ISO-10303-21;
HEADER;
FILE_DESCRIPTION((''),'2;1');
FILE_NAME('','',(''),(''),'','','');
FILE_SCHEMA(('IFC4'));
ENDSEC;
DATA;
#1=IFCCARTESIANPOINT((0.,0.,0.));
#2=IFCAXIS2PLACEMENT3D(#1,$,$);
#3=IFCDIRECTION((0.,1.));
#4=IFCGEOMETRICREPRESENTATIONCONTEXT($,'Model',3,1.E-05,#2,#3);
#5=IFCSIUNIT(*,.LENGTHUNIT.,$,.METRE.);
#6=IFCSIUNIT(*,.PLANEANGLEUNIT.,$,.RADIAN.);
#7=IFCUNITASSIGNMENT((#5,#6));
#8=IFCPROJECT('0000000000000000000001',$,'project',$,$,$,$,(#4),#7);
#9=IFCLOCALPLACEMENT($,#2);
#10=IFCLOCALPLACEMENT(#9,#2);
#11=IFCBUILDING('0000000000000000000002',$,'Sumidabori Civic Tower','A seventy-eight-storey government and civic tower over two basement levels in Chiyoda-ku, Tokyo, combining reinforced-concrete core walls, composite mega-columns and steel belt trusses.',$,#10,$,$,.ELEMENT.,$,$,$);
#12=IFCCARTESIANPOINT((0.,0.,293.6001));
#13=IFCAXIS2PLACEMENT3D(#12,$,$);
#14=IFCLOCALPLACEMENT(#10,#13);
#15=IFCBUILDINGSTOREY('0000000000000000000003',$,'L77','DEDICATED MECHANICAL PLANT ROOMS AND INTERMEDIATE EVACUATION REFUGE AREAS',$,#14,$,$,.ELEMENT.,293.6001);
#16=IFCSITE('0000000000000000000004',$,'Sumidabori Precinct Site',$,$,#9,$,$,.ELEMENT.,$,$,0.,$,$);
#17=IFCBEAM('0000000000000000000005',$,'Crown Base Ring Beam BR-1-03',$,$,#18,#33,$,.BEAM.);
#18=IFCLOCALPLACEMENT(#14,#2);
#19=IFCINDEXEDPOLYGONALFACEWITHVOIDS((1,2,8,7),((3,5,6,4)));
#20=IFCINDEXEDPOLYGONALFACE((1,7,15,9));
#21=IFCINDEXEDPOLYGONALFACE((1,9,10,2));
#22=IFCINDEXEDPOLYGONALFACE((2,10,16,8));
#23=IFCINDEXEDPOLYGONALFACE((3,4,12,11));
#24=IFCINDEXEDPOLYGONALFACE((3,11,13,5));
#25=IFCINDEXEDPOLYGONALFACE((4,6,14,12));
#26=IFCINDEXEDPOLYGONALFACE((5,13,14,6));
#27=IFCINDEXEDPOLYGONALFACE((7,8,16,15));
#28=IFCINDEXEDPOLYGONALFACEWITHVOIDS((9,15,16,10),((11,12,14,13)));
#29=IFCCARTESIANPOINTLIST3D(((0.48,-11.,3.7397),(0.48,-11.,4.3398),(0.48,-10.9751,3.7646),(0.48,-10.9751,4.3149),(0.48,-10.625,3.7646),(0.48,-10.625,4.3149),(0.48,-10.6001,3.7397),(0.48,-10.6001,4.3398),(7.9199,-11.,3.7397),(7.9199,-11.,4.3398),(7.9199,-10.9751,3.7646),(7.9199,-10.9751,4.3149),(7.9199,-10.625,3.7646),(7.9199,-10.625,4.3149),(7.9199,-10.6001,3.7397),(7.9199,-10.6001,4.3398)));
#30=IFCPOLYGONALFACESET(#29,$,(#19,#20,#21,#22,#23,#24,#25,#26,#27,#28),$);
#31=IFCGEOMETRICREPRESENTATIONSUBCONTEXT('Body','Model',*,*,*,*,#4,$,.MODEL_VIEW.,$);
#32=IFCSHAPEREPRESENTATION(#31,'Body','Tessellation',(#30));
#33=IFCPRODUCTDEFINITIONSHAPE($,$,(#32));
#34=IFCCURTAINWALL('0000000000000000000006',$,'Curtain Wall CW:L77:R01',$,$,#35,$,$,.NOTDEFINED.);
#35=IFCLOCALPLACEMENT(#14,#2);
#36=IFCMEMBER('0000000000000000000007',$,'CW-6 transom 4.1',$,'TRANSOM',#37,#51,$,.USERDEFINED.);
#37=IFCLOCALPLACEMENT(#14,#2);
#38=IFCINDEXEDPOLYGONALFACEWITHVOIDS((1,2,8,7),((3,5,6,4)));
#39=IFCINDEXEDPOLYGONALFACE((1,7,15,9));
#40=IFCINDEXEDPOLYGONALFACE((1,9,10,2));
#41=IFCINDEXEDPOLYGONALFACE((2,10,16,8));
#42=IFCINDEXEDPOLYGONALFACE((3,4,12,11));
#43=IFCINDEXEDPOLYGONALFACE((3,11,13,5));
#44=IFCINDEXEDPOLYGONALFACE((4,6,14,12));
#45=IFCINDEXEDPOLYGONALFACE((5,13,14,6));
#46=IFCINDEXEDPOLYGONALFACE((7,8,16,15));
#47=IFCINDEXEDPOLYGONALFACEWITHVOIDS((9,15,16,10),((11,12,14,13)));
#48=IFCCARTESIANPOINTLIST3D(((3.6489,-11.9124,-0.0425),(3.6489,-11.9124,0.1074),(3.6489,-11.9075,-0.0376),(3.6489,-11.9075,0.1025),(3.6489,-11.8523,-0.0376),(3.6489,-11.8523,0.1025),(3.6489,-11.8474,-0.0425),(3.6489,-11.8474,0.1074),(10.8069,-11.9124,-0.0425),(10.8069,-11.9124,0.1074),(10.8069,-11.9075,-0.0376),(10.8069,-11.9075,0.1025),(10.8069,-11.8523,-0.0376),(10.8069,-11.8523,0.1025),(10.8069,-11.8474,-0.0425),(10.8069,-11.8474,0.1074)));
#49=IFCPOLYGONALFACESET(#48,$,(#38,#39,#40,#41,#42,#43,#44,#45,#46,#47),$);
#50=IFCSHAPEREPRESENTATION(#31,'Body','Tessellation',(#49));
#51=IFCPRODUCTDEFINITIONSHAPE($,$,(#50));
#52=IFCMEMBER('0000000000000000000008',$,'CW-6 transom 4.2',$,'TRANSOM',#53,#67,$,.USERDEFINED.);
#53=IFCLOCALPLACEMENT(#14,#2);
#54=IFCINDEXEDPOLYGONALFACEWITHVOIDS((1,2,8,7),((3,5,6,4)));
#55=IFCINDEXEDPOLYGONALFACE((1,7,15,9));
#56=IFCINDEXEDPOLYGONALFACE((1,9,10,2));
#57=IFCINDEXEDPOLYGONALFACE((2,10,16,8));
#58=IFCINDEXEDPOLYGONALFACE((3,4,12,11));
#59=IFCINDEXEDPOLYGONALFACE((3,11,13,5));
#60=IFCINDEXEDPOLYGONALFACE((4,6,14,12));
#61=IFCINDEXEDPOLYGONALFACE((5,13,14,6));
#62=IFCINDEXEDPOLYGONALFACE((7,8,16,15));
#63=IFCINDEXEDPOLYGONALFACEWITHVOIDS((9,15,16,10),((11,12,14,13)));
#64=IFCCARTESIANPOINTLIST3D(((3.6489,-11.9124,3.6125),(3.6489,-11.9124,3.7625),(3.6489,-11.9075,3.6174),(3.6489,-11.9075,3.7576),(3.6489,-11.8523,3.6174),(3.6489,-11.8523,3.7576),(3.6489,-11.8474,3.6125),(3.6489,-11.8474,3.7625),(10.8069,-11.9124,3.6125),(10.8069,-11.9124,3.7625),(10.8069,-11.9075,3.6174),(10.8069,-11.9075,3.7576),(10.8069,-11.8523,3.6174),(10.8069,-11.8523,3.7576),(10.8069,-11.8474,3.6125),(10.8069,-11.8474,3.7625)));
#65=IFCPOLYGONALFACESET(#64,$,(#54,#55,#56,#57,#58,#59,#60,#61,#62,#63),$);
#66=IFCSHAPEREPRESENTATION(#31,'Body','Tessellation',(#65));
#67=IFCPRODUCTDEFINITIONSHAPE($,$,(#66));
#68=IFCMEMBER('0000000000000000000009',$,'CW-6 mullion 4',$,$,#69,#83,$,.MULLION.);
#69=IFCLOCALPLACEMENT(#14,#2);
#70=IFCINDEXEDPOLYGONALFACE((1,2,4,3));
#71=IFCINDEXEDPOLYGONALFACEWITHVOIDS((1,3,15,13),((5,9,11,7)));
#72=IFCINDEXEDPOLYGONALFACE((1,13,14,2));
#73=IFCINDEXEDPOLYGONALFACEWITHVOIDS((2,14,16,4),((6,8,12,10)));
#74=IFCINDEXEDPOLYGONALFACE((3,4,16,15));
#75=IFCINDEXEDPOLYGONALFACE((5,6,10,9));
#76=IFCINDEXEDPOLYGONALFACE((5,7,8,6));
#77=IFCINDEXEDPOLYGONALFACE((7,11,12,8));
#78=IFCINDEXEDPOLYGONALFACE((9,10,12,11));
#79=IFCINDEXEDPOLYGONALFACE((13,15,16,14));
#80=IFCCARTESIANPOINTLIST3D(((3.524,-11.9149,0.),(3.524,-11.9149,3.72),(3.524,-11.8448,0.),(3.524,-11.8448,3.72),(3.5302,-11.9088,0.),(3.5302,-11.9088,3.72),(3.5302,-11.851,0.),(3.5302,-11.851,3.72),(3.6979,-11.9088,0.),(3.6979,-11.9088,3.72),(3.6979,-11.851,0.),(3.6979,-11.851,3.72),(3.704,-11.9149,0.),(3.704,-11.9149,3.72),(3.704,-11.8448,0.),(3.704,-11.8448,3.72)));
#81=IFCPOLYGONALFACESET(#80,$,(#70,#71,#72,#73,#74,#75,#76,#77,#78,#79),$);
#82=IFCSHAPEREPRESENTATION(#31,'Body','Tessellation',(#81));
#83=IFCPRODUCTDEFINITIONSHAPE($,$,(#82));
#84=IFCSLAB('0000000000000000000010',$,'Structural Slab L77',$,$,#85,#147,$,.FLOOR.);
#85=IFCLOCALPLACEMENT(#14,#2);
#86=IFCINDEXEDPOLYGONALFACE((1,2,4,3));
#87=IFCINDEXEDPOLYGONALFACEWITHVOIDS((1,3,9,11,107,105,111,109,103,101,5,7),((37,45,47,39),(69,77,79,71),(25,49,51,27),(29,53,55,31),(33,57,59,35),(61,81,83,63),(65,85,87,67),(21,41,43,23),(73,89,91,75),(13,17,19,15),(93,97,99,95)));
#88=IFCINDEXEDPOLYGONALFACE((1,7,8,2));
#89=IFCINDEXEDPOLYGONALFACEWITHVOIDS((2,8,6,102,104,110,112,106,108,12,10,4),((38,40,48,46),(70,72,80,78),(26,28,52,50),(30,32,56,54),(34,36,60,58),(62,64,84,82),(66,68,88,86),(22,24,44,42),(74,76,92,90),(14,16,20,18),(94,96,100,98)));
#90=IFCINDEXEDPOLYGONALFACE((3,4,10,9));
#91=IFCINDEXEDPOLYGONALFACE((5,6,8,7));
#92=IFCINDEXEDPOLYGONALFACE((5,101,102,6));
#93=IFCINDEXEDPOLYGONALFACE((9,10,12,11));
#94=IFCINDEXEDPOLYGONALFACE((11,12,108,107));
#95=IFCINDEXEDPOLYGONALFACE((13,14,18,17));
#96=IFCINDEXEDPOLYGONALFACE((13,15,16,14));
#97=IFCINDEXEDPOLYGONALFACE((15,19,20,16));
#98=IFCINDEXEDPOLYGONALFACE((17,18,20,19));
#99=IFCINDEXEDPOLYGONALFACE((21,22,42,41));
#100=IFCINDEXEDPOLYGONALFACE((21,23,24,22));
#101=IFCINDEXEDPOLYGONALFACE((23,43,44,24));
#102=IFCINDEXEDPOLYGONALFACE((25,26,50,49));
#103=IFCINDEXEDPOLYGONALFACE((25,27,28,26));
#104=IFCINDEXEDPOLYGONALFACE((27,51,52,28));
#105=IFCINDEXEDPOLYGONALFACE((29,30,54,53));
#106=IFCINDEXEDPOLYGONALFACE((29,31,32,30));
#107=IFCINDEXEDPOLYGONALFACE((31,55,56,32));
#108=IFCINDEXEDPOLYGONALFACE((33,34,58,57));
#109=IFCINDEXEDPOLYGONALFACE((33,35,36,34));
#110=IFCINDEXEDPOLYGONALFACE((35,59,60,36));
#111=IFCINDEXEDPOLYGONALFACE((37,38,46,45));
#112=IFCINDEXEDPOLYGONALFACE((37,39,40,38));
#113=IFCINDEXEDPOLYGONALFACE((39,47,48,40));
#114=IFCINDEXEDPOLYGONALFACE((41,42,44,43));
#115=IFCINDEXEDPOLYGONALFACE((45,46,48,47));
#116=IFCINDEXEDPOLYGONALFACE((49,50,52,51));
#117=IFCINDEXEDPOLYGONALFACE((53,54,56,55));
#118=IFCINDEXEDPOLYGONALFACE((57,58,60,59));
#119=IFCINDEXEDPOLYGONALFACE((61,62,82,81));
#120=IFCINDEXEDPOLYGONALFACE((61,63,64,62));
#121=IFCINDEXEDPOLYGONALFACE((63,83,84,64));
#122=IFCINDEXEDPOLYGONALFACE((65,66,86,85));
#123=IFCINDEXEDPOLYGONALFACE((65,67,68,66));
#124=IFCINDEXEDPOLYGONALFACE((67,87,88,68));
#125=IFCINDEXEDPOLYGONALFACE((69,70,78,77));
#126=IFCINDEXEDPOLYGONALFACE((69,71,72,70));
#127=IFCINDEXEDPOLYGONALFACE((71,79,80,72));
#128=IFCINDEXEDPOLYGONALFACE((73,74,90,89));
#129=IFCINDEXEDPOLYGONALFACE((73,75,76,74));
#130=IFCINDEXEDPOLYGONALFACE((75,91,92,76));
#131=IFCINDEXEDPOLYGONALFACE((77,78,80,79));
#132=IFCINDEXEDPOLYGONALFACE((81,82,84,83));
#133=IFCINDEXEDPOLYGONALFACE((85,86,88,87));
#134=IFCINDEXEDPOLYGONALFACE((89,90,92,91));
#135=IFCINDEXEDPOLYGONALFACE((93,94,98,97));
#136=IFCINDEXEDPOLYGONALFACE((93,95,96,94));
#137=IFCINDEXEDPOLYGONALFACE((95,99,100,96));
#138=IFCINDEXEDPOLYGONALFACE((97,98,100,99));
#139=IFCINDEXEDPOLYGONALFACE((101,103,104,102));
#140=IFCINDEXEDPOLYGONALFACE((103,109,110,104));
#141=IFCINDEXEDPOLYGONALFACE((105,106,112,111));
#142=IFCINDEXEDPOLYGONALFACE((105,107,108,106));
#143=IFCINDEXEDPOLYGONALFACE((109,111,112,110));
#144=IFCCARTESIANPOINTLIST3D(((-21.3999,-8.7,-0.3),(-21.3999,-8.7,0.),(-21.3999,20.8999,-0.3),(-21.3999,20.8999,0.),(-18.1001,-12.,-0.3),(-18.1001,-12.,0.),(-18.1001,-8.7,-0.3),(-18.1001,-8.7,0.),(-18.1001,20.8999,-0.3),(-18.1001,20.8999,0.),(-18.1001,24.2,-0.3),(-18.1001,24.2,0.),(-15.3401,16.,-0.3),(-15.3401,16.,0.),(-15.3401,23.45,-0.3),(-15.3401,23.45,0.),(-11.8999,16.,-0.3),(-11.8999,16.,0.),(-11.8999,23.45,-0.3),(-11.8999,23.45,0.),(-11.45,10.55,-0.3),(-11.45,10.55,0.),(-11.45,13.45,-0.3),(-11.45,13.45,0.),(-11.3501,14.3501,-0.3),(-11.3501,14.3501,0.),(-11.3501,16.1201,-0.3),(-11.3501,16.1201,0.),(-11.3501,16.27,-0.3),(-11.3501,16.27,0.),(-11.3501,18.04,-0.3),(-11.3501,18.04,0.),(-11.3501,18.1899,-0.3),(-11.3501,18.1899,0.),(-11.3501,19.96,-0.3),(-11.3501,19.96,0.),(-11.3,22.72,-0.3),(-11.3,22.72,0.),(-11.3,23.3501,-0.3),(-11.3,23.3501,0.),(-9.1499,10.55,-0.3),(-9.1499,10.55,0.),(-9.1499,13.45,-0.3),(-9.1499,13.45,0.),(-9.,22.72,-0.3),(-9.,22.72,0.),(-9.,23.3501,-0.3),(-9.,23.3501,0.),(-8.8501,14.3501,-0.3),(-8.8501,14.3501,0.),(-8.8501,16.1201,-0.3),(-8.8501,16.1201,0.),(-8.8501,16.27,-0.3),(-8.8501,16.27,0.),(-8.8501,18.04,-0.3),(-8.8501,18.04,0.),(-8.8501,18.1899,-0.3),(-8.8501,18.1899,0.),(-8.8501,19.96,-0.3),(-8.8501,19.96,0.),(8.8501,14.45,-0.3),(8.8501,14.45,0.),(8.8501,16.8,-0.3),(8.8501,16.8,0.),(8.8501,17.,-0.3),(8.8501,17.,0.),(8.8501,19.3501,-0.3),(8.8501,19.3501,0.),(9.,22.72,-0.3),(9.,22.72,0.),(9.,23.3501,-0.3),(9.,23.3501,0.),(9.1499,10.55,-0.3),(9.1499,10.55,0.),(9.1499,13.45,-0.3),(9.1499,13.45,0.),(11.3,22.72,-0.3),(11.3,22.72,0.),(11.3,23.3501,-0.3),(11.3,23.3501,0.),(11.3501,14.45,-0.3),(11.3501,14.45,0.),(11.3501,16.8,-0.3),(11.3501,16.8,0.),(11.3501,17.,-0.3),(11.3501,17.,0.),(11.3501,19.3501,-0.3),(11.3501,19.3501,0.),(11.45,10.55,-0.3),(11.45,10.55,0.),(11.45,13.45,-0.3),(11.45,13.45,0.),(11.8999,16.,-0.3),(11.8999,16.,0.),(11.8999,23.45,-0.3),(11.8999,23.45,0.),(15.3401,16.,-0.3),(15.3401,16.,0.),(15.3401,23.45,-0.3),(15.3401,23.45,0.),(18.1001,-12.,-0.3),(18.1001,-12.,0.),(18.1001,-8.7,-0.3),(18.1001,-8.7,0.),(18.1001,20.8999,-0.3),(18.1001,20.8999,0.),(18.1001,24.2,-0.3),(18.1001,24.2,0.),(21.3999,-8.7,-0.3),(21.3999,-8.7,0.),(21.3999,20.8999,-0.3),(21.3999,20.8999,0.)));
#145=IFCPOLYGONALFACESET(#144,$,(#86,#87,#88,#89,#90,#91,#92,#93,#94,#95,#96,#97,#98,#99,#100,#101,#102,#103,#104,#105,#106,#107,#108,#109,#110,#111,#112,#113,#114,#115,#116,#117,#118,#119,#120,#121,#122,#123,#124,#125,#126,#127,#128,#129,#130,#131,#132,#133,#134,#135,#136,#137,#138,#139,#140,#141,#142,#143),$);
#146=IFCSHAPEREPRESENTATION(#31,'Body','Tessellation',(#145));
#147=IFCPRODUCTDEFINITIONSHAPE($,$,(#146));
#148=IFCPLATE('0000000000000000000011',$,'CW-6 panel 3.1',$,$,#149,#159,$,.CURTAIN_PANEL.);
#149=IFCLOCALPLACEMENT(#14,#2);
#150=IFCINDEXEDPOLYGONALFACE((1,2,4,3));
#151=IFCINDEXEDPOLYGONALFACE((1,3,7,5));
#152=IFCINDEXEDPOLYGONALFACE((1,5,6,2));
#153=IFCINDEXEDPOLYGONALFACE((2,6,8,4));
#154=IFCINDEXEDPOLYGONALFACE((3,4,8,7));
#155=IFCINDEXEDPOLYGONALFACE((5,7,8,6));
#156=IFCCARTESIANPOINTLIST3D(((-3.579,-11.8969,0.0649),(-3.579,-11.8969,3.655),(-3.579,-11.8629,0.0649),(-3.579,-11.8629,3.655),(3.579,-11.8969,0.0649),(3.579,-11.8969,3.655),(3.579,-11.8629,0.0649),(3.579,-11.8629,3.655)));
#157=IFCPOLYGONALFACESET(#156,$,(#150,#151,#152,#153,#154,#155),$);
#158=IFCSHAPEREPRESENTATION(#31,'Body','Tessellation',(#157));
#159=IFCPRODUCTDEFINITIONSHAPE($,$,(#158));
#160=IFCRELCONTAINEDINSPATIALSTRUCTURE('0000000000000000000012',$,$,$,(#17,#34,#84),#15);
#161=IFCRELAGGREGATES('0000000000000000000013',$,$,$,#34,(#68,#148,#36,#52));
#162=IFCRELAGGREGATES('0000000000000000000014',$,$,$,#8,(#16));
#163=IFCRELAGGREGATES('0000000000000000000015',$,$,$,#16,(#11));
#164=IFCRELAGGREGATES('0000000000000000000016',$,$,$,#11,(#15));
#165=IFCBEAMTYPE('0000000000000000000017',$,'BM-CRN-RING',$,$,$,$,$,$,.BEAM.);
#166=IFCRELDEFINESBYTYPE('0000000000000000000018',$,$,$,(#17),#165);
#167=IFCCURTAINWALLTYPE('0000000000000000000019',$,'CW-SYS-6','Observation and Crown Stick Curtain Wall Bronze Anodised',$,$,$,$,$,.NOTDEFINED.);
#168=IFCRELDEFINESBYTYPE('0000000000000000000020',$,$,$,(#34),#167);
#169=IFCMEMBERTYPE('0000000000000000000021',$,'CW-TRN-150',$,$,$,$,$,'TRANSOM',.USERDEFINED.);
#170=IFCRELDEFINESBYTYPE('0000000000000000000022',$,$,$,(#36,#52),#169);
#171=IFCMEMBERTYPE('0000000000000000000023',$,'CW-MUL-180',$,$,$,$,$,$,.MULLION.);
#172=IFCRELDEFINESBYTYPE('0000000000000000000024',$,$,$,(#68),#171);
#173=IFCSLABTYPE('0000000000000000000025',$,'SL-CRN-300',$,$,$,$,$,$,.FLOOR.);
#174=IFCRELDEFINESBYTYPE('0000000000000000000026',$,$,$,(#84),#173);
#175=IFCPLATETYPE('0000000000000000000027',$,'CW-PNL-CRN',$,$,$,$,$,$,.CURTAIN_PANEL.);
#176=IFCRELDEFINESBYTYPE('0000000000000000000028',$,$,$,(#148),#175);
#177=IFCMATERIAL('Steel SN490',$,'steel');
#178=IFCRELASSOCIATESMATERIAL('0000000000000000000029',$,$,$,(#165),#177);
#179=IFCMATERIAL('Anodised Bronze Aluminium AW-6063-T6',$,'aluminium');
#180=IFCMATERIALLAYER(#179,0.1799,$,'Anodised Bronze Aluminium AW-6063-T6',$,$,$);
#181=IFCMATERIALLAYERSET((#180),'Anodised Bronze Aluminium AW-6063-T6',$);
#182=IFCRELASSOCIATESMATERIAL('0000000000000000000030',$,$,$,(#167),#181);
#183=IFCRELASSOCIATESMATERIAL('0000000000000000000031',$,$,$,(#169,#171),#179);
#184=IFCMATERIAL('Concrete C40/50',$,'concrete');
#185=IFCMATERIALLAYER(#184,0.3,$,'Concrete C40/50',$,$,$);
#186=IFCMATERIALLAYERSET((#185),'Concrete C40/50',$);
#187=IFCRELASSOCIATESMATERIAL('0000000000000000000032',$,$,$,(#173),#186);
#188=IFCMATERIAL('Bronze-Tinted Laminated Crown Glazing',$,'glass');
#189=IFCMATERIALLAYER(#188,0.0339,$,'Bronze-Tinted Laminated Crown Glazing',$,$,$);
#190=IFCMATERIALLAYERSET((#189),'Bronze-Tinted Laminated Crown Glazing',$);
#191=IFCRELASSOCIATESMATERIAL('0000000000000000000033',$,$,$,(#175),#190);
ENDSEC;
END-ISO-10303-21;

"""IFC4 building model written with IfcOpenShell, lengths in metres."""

from ifc_helpers import new_model, si_unit, direction, frame, origin, origin_2d, place, context, subcontext, project, spatial, polyline, rectangle, hollow_rectangle, outline, extrude, source, transform, mapped, material, layer, layer_set, material_profile, profile_set, type_object, element, aggregate, save


model = new_model("IFC4")

# Units and contexts
model_context = context("Model", 3, precision=1e-05, world=origin(), true_north=direction((0.0, 1.0)))
body_context = subcontext(model_context, "Body", "Model", "MODEL_VIEW")
ifc_project = project(units=[si_unit("LENGTHUNIT", "METRE"), si_unit("PLANEANGLEUNIT", "RADIAN")], contexts=[model_context])

# Site, building, storey
site_placement = place(None, origin())
site = spatial("IfcSite", under=ifc_project, at=site_placement, Name="Sumidabori Precinct Site", CompositionType="ELEMENT", RefElevation=0.0)
building_placement = place(site_placement, origin())
building = spatial("IfcBuilding", under=site, at=building_placement, Name="Sumidabori Civic Tower", Description="A seventy-eight-storey government and civic tower over two basement levels in Chiyoda-ku, Tokyo, combining reinforced-concrete core walls, composite mega-columns and steel belt trusses.", CompositionType="ELEMENT")
storey_placement = place(building_placement, frame((0.0, 0.0, 293.6001)))
storey = spatial("IfcBuildingStorey", under=building, at=storey_placement, Name="L77", Description="DEDICATED MECHANICAL PLANT ROOMS AND INTERMEDIATE EVACUATION REFUGE AREAS", CompositionType="ELEMENT", Elevation=293.6001)

# Shared definitions
ifc_material_1 = material(Name="Steel SN490", Category="steel")

# Beam
ifc_material_profile_1 = material_profile(ifc_material_1, hollow_rectangle(XDim=0.3999, YDim=0.6001, WallThickness=0.0249, at=origin_2d()), Name="RHS 600x400x25")
ifc_profile_set_1 = profile_set([ifc_material_profile_1], Name="Steel SN490")
beam_type_1 = type_object("IfcBeamType", Name="BM-CRN-RING", PredefinedType="BEAM", material=ifc_profile_set_1)
shared_shape_1 = source(origin(), body_context, "Body", "SweptSolid", [
    extrude(hollow_rectangle(XDim=0.3999, YDim=0.6001, WallThickness=0.0249, at=origin_2d()), origin(), (0.0, 0.0, 1.0), 7.4399),
])
beam_1_placement = place(storey_placement, frame((0.48, -10.8, 4.0398), z_axis=(1.0, 0.0, 0.0), x_axis=(0.0, 1.0, 0.0)))
element("IfcBeam", 1, at=beam_1_placement, inside=storey, type_object=beam_type_1, Name="Crown Base Ring Beam BR-1-03", PredefinedType="BEAM", context=body_context, shape_type="MappedRepresentation", body=[
    mapped(shared_shape_1, transform((0.0, 0.0, 0.0), x_axis=(1.0, 0.0, 0.0), y_axis=(0.0, 1.0, 0.0), z_axis=(0.0, 0.0, 1.0), scale=1.0)),
])

# Curtain wall, members
ifc_material_2 = material(Name="Anodised Bronze Aluminium AW-6063-T6", Category="aluminium")
ifc_layer_1 = layer(ifc_material_2, 0.1799, Name="Anodised Bronze Aluminium AW-6063-T6")
ifc_layer_set_1 = layer_set([ifc_layer_1], Name="Anodised Bronze Aluminium AW-6063-T6")
curtain_wall_type = type_object("IfcCurtainWallType", Name="CW-SYS-6", Description="Observation and Crown Stick Curtain Wall Bronze Anodised", PredefinedType="NOTDEFINED", material=ifc_layer_set_1)
curtain_wall_placement = place(storey_placement, origin())
curtain_wall = element("IfcCurtainWall", 2, at=curtain_wall_placement, inside=storey, type_object=curtain_wall_type, Name="Curtain Wall CW:L77:R01", PredefinedType="NOTDEFINED")
ifc_material_profile_2 = material_profile(ifc_material_2, hollow_rectangle(XDim=0.0649, YDim=0.1499, WallThickness=0.0049, at=origin_2d()), Name="ALU TRANSOM 150x65")
ifc_profile_set_2 = profile_set([ifc_material_profile_2], Name="Anodised Bronze Aluminium AW-6063-T6")
member_type_1 = type_object("IfcMemberType", Name="CW-TRN-150", ElementType="TRANSOM", PredefinedType="USERDEFINED", material=ifc_profile_set_2)
shared_shape_2 = source(origin(), body_context, "Body", "SweptSolid", [
    extrude(hollow_rectangle(XDim=0.0649, YDim=0.1499, WallThickness=0.0049, at=origin_2d()), origin(), (0.0, 0.0, 1.0), 7.158),
])
member_1_placement = place(storey_placement, frame((3.6489, -11.8799, 0.0325), z_axis=(1.0, 0.0, 0.0), x_axis=(0.0, 1.0, 0.0)))
member_1 = element("IfcMember", 3, at=member_1_placement, type_object=member_type_1, Name="CW-6 transom 4.1", ObjectType="TRANSOM", PredefinedType="USERDEFINED", context=body_context, shape_type="MappedRepresentation", body=[
    mapped(shared_shape_2, transform((0.0, 0.0, 0.0), x_axis=(1.0, 0.0, 0.0), y_axis=(0.0, 1.0, 0.0), z_axis=(0.0, 0.0, 1.0), scale=1.0)),
])
member_2_placement = place(storey_placement, frame((3.6489, -11.8799, 3.6875), z_axis=(1.0, 0.0, 0.0), x_axis=(0.0, 1.0, 0.0)))
member_2 = element("IfcMember", 4, at=member_2_placement, type_object=member_type_1, Name="CW-6 transom 4.2", ObjectType="TRANSOM", PredefinedType="USERDEFINED", context=body_context, shape_type="MappedRepresentation", body=[
    mapped(shared_shape_2, transform((0.0, 0.0, 0.0), x_axis=(1.0, 0.0, 0.0), y_axis=(0.0, 1.0, 0.0), z_axis=(0.0, 0.0, 1.0), scale=1.0)),
])
ifc_material_profile_3 = material_profile(ifc_material_2, hollow_rectangle(XDim=0.0701, YDim=0.1799, WallThickness=0.0061, at=origin_2d()), Name="ALU MULLION 180x70")
ifc_profile_set_3 = profile_set([ifc_material_profile_3], Name="Anodised Bronze Aluminium AW-6063-T6")
member_type_2 = type_object("IfcMemberType", Name="CW-MUL-180", PredefinedType="MULLION", material=ifc_profile_set_3)
shared_shape_3 = source(origin(), body_context, "Body", "SweptSolid", [
    extrude(hollow_rectangle(XDim=0.0701, YDim=0.1799, WallThickness=0.0061, at=origin_2d()), origin(), (0.0, 0.0, 1.0), 3.72),
])
member_3_placement = place(storey_placement, frame((3.614, -11.8799, 0.0), z_axis=(0.0, 0.0, 1.0), x_axis=(0.0, 1.0, 0.0)))
member_3 = element("IfcMember", 5, at=member_3_placement, type_object=member_type_2, Name="CW-6 mullion 4", PredefinedType="MULLION", context=body_context, shape_type="MappedRepresentation", body=[
    mapped(shared_shape_3, transform((0.0, 0.0, 0.0), x_axis=(1.0, 0.0, 0.0), y_axis=(0.0, 1.0, 0.0), z_axis=(0.0, 0.0, 1.0), scale=1.0)),
])

# Slab
ifc_material_3 = material(Name="Concrete C40/50", Category="concrete")
ifc_layer_2 = layer(ifc_material_3, 0.3, Name="Concrete C40/50")
ifc_layer_set_2 = layer_set([ifc_layer_2], Name="Concrete C40/50")
slab_type = type_object("IfcSlabType", Name="SL-CRN-300", PredefinedType="FLOOR", material=ifc_layer_set_2)
slab_placement = place(storey_placement, frame((0.0, 0.0, -0.3)))
element("IfcSlab", 6, at=slab_placement, inside=storey, type_object=slab_type, Name="Structural Slab L77", PredefinedType="FLOOR", context=body_context, shape_type="SweptSolid", body=[
    extrude(outline(polyline([(-18.1001, -12.0), (18.1001, -12.0), (18.1001, -8.7), (21.3999, -8.7), (21.3999, 20.8999), (18.1001, 20.8999), (18.1001, 24.2), (-18.1001, 24.2), (-18.1001, 20.8999), (-21.3999, 20.8999), (-21.3999, -8.7), (-18.1001, -8.7), (-18.1001, -12.0)]), holes=[polyline([(-11.8999, 16.0), (-11.8999, 23.45), (-15.3401, 23.45), (-15.3401, 16.0), (-11.8999, 16.0)]), polyline([(15.3401, 16.0), (15.3401, 23.45), (11.8999, 23.45), (11.8999, 16.0), (15.3401, 16.0)]), polyline([(-11.45, 10.55), (-9.1499, 10.55), (-9.1499, 13.45), (-11.45, 13.45), (-11.45, 10.55)]), polyline([(9.1499, 10.55), (11.45, 10.55), (11.45, 13.45), (9.1499, 13.45), (9.1499, 10.55)]), polyline([(-11.3501, 14.3501), (-8.8501, 14.3501), (-8.8501, 16.1201), (-11.3501, 16.1201), (-11.3501, 14.3501)]), polyline([(-11.3501, 16.27), (-8.8501, 16.27), (-8.8501, 18.04), (-11.3501, 18.04), (-11.3501, 16.27)]), polyline([(-11.3501, 18.1899), (-8.8501, 18.1899), (-8.8501, 19.96), (-11.3501, 19.96), (-11.3501, 18.1899)]), polyline([(8.8501, 14.45), (11.3501, 14.45), (11.3501, 16.8), (8.8501, 16.8), (8.8501, 14.45)]), polyline([(8.8501, 17.0), (11.3501, 17.0), (11.3501, 19.3501), (8.8501, 19.3501), (8.8501, 17.0)]), polyline([(-11.3, 22.72), (-9.0, 22.72), (-9.0, 23.3501), (-11.3, 23.3501), (-11.3, 22.72)]), polyline([(9.0, 22.72), (11.3, 22.72), (11.3, 23.3501), (9.0, 23.3501), (9.0, 22.72)])]), origin(), (0.0, 0.0, 1.0), 0.3),
])

# Plate
ifc_material_4 = material(Name="Bronze-Tinted Laminated Crown Glazing", Category="glass")
ifc_layer_3 = layer(ifc_material_4, 0.0339, Name="Bronze-Tinted Laminated Crown Glazing")
ifc_layer_set_3 = layer_set([ifc_layer_3], Name="Bronze-Tinted Laminated Crown Glazing")
plate_type = type_object("IfcPlateType", Name="CW-PNL-CRN", PredefinedType="CURTAIN_PANEL", material=ifc_layer_set_3)
shared_shape_4 = source(origin(), body_context, "Body", "SweptSolid", [
    extrude(rectangle(XDim=7.158, YDim=0.0339, at=origin_2d()), origin(), (0.0, 0.0, 1.0), 3.5901),
])
plate_1_placement = place(storey_placement, frame((0.0, -11.8799, 0.0649), z_axis=(0.0, 0.0, 1.0), x_axis=(1.0, 0.0, 0.0)))
plate_1 = element("IfcPlate", 7, at=plate_1_placement, type_object=plate_type, Name="CW-6 panel 3.1", PredefinedType="CURTAIN_PANEL", context=body_context, shape_type="MappedRepresentation", body=[
    mapped(shared_shape_4, transform((0.0, 0.0, 0.0), x_axis=(1.0, 0.0, 0.0), y_axis=(0.0, 1.0, 0.0), z_axis=(0.0, 0.0, 1.0), scale=1.0)),
])
aggregate(curtain_wall, [member_3, plate_1, member_1, member_2])

save(model, "model.ifc")
